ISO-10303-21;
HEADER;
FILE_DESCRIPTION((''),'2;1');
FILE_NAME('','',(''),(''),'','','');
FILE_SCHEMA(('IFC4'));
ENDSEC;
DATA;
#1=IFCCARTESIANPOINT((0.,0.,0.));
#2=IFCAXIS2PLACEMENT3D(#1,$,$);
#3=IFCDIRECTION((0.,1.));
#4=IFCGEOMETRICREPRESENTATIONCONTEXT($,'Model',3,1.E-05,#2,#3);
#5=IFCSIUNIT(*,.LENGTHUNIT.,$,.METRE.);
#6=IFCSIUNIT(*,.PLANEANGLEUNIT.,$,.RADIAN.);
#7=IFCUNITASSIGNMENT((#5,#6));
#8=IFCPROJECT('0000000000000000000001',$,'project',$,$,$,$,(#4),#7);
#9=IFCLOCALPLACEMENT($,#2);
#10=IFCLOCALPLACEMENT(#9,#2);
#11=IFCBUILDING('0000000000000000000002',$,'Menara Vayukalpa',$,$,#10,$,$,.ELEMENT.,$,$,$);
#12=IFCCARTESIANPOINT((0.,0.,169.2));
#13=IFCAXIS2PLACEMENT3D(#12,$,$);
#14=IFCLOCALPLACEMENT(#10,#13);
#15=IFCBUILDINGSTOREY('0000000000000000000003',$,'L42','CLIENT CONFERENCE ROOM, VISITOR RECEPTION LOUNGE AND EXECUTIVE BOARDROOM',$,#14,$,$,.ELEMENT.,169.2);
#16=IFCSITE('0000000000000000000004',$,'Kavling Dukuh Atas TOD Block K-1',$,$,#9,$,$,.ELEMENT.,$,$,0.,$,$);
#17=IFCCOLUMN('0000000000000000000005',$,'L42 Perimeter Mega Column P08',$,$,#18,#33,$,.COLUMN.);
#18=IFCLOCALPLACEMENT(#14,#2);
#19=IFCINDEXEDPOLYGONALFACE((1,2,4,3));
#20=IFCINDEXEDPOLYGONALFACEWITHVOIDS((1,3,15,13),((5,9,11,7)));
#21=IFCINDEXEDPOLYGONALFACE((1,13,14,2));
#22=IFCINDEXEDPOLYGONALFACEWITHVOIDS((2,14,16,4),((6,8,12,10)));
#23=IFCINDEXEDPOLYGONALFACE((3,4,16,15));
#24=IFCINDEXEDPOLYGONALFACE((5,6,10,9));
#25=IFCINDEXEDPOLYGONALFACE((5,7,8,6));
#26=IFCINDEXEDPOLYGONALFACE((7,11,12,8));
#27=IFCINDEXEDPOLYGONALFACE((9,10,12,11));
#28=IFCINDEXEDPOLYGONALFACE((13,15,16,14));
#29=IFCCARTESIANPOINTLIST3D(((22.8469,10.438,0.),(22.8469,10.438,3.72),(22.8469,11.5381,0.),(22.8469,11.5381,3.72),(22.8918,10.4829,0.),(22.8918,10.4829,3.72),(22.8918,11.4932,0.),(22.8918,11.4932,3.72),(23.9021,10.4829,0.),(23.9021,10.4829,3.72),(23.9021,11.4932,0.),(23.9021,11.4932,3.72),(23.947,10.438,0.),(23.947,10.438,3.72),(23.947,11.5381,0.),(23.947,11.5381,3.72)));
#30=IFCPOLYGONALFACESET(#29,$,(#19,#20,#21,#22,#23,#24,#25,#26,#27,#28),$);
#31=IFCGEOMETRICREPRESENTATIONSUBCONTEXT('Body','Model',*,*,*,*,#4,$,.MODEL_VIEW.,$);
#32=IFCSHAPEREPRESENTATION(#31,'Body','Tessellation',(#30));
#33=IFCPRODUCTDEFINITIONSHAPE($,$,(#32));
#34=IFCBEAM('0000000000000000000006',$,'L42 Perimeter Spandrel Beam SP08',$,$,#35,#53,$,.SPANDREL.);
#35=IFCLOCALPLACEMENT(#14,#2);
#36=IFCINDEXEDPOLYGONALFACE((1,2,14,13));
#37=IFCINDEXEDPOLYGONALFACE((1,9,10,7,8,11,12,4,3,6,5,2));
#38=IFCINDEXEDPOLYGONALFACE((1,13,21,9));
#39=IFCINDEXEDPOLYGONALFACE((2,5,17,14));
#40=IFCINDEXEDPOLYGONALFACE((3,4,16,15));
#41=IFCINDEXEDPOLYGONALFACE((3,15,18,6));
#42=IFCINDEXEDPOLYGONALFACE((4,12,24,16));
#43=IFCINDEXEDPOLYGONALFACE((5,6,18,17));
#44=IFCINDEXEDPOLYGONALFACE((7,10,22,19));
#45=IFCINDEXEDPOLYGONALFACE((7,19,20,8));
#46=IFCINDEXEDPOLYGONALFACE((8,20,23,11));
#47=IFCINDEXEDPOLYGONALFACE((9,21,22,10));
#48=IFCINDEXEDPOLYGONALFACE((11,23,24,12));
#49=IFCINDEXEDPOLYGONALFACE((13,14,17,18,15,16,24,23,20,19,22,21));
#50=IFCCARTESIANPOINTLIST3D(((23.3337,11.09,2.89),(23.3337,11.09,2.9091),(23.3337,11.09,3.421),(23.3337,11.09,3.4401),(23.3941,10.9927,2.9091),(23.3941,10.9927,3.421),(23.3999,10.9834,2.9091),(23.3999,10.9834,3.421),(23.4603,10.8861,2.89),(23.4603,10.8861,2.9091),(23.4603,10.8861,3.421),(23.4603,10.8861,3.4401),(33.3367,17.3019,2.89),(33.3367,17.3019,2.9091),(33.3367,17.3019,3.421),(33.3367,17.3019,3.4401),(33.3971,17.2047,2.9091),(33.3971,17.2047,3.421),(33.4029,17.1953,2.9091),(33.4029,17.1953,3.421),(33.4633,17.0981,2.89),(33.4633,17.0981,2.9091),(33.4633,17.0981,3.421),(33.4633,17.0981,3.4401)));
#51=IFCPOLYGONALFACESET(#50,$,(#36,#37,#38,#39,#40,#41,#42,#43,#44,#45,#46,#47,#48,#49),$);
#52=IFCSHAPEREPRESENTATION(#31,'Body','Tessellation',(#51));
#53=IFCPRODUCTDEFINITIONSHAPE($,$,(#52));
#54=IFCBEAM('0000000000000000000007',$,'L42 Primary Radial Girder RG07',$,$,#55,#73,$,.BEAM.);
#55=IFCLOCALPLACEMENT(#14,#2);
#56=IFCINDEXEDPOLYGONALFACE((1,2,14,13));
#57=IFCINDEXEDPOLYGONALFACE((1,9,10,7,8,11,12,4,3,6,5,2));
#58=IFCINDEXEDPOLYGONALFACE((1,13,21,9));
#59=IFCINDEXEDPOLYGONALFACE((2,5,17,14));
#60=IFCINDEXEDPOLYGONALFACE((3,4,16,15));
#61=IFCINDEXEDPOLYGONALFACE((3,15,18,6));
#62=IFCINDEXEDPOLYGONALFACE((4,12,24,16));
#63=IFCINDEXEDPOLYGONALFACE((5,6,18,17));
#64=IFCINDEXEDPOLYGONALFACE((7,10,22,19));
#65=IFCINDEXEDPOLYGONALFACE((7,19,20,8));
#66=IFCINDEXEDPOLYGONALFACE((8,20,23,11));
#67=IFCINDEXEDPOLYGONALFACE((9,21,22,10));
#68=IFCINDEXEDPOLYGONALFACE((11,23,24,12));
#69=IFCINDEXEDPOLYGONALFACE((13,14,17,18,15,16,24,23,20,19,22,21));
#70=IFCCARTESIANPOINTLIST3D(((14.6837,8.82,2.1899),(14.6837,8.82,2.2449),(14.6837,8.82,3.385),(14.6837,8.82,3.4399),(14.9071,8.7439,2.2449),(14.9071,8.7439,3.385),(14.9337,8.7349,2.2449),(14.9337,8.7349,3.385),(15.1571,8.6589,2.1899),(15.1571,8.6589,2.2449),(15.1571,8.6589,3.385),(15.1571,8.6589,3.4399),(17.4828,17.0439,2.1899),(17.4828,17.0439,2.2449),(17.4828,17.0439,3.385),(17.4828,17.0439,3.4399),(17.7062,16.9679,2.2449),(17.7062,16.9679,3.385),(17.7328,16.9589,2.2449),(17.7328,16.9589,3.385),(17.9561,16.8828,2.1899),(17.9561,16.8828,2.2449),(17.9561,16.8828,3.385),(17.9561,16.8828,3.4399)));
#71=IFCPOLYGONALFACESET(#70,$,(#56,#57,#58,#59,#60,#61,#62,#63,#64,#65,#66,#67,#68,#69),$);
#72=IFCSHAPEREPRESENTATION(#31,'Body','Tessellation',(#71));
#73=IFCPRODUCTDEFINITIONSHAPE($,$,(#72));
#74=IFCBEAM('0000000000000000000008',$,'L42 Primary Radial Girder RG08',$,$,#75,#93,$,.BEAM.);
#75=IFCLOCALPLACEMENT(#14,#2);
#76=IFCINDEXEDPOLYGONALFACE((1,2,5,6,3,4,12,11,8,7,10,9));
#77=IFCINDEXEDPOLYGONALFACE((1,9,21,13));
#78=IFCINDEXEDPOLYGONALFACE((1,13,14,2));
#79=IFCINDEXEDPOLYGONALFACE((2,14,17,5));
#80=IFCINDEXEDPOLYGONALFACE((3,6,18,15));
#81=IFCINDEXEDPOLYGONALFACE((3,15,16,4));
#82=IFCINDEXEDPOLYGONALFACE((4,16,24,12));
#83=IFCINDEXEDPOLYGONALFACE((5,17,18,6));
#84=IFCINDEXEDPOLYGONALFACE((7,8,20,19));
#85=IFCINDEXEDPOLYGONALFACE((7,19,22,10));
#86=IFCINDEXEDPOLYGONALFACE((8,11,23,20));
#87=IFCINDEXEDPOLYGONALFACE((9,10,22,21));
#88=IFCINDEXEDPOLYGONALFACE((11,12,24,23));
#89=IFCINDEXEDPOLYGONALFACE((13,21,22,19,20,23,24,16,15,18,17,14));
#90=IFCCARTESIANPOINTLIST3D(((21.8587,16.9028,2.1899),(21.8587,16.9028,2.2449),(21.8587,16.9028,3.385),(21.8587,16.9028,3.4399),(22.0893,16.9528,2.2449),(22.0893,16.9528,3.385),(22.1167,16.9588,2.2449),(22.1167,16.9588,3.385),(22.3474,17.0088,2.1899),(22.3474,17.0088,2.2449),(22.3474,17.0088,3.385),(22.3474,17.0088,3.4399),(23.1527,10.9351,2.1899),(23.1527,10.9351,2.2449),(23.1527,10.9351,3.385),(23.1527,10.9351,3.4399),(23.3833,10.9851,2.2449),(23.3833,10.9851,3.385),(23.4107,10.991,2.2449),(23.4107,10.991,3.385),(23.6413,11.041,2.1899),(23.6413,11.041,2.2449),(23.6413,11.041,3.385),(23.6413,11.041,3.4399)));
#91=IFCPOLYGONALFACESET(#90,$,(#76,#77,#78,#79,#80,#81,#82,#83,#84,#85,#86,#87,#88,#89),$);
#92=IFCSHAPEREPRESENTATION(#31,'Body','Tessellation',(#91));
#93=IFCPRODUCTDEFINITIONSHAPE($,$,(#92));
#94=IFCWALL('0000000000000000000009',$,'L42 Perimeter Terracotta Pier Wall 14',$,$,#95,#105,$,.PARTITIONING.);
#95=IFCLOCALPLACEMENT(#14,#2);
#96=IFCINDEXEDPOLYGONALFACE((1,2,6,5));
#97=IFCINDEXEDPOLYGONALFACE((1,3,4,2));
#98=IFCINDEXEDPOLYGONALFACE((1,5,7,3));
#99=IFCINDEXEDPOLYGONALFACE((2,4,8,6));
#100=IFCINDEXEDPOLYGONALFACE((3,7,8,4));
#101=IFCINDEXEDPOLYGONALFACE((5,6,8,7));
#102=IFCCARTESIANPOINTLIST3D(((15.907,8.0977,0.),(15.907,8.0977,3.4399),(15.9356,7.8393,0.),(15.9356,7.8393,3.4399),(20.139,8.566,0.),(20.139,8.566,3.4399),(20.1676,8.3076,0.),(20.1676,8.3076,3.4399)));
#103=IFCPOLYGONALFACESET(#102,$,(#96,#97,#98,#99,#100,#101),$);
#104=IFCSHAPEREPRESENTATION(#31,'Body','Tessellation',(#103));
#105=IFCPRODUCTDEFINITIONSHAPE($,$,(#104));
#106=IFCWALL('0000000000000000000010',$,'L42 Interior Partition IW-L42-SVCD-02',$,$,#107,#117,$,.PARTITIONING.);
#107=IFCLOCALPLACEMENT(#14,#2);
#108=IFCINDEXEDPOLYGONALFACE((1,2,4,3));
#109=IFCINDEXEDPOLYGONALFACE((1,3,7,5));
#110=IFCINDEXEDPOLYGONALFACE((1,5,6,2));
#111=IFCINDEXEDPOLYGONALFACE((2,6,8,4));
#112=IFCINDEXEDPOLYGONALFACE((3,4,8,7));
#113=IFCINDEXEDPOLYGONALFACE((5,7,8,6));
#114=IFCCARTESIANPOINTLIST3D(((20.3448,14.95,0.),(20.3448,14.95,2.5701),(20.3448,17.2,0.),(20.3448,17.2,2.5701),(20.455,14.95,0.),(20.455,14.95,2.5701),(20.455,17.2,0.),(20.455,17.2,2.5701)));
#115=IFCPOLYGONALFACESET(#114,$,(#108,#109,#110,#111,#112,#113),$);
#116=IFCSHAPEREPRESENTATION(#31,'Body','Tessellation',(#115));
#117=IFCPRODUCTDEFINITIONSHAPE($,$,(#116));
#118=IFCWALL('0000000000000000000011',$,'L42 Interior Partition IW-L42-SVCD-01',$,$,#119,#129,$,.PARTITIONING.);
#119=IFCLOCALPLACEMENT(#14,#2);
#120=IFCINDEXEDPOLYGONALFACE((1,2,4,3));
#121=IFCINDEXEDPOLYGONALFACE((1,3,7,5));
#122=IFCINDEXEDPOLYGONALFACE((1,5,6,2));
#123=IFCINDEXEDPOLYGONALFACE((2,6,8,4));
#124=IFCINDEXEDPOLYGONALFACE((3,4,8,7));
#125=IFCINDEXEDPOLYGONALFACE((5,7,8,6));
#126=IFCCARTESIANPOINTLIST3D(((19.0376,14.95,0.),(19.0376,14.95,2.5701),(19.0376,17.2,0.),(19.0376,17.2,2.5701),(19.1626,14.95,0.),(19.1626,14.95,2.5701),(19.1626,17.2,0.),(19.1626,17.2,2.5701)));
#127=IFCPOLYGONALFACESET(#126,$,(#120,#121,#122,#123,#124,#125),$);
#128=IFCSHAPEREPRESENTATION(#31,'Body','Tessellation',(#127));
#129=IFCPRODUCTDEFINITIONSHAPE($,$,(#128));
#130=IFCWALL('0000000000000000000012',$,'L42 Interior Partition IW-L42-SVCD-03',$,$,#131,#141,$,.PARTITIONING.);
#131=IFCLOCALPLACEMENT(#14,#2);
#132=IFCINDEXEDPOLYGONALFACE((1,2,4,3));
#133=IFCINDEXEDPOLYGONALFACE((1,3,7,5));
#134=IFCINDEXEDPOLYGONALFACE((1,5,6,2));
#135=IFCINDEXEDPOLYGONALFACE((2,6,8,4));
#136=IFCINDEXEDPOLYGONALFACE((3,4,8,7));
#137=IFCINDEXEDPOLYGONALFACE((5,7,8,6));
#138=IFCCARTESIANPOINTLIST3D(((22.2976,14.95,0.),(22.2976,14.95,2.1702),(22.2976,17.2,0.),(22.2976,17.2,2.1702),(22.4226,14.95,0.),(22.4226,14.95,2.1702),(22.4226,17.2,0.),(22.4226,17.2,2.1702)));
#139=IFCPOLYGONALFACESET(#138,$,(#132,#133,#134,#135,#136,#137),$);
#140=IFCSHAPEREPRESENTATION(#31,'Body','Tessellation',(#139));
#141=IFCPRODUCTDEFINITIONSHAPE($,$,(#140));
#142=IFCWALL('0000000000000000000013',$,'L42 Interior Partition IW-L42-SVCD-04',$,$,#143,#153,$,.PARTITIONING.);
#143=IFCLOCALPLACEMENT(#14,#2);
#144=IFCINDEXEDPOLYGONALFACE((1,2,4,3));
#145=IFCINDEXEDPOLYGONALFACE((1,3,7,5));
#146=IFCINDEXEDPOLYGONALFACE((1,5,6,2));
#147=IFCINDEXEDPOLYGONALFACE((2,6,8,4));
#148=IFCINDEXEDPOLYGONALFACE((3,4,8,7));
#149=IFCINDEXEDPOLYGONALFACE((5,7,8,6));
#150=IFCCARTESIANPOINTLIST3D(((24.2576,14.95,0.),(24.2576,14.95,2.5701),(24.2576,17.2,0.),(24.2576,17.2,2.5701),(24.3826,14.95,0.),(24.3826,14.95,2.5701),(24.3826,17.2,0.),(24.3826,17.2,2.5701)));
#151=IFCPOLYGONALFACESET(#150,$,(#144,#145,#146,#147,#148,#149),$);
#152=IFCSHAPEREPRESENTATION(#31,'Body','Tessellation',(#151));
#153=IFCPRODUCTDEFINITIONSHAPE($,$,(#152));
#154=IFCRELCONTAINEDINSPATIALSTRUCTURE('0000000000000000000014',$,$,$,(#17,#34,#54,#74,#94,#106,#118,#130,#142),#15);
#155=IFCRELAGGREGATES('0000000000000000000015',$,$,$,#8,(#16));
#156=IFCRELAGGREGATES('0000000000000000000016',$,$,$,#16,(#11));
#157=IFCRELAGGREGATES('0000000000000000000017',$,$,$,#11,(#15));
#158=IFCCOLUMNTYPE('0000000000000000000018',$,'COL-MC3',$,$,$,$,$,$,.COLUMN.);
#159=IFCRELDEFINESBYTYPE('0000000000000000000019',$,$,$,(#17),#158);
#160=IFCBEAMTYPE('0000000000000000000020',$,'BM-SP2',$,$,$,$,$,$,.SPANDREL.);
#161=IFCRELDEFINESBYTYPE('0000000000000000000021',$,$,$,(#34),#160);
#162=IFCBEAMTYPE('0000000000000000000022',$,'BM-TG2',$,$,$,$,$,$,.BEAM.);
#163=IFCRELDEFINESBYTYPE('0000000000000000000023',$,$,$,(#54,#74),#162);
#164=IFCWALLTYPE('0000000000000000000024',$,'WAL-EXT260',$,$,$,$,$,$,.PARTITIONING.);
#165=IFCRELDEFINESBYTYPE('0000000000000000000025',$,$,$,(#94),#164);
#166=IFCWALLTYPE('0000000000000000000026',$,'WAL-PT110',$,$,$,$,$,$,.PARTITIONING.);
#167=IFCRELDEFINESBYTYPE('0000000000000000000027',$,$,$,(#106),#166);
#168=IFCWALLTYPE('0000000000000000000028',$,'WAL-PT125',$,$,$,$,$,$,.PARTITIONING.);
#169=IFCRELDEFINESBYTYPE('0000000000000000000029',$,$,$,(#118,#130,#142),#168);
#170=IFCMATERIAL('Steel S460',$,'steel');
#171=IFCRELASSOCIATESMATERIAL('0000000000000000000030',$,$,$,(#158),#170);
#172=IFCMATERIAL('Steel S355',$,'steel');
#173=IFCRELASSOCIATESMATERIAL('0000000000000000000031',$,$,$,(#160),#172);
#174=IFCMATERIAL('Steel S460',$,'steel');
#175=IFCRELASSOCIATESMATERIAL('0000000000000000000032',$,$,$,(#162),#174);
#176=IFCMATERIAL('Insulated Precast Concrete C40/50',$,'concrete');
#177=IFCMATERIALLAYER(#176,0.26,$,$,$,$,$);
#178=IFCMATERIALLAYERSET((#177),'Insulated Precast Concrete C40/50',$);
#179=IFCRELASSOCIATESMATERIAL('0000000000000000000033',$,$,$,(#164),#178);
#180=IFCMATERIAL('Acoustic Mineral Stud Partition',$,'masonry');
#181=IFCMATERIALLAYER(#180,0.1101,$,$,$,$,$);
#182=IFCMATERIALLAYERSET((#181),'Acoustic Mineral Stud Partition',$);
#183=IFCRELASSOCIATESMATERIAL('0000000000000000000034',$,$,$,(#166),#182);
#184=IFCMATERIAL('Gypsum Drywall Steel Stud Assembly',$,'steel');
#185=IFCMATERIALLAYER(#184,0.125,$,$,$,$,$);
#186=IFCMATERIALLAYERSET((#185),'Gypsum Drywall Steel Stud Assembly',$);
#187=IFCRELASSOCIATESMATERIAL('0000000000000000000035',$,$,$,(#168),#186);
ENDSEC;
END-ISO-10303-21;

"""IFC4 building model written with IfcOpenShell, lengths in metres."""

from ifc_helpers import new_model, si_unit, direction, frame, frame_2d, origin, origin_2d, place, context, subcontext, project, spatial, rectangle, hollow_rectangle, i_section, extrude, material, layer, layer_set, material_profile, profile_set, type_object, element, save


model = new_model("IFC4")

# Units and contexts
model_context = context("Model", 3, precision=1e-05, world=origin(), true_north=direction((0.0, 1.0)))
body_context = subcontext(model_context, "Body", "Model", "MODEL_VIEW")
ifc_project = project(units=[si_unit("LENGTHUNIT", "METRE"), si_unit("PLANEANGLEUNIT", "RADIAN")], contexts=[model_context])

# Site, building, storey
site_placement = place(None, origin())
site = spatial("IfcSite", under=ifc_project, at=site_placement, Name="Kavling Dukuh Atas TOD Block K-1", CompositionType="ELEMENT", RefElevation=0.0)
building_placement = place(site_placement, origin())
building = spatial("IfcBuilding", under=site, at=building_placement, Name="Menara Vayukalpa", CompositionType="ELEMENT")
storey_placement = place(building_placement, frame((0.0, 0.0, 169.2)))
storey = spatial("IfcBuildingStorey", under=building, at=storey_placement, Name="L42", Description="CLIENT CONFERENCE ROOM, VISITOR RECEPTION LOUNGE AND EXECUTIVE BOARDROOM", CompositionType="ELEMENT", Elevation=169.2)

# Column
ifc_material_1 = material(Name="Steel S460", Category="steel")
ifc_material_profile_1 = material_profile(ifc_material_1, hollow_rectangle(XDim=1.1001, YDim=1.1001, WallThickness=0.0449, at=origin_2d()), Name="BOX 1100x1100x45")
ifc_profile_set_1 = profile_set([ifc_material_profile_1], Name="Steel S460")
column_type = type_object("IfcColumnType", Name="COL-MC3", PredefinedType="COLUMN", material=ifc_profile_set_1)
column_placement = place(storey_placement, frame((23.397, 10.988, 0.0), z_axis=(0.0, 0.0, 1.0), x_axis=(1.0, 0.0, 0.0)))
element("IfcColumn", 1, at=column_placement, inside=storey, type_object=column_type, Name="L42 Perimeter Mega Column P08", PredefinedType="COLUMN", context=body_context, shape_type="SweptSolid", body=[
    extrude(hollow_rectangle(XDim=1.1001, YDim=1.1001, WallThickness=0.0449, at=origin_2d()), origin(), (0.0, 0.0, 1.0), 3.72),
])

# Beams
ifc_material_2 = material(Name="Steel S355", Category="steel")
ifc_material_profile_2 = material_profile(ifc_material_2, i_section(OverallWidth=0.24, OverallDepth=0.55, WebThickness=0.011, FlangeThickness=0.019, at=origin_2d()), Name="WF 550x240x11x19")
ifc_profile_set_2 = profile_set([ifc_material_profile_2], Name="Steel S355")
beam_type_1 = type_object("IfcBeamType", Name="BM-SP2", PredefinedType="SPANDREL", material=ifc_profile_set_2)
beam_1_placement = place(storey_placement, frame((23.397, 10.988, 3.165), z_axis=(0.849518, 0.527559, 0.0), x_axis=(-0.527559, 0.849518, 0.0)))
element("IfcBeam", 2, at=beam_1_placement, inside=storey, type_object=beam_type_1, Name="L42 Perimeter Spandrel Beam SP08", PredefinedType="SPANDREL", context=body_context, shape_type="SweptSolid", body=[
    extrude(i_section(OverallWidth=0.24, OverallDepth=0.55, WebThickness=0.011, FlangeThickness=0.019, at=origin_2d()), origin(), (0.0, 0.0, 1.0), 11.7749),
])
ifc_material_3 = material(Name="Steel S460", Category="steel")
ifc_material_profile_3 = material_profile(ifc_material_3, i_section(OverallWidth=0.5, OverallDepth=1.25, WebThickness=0.0281, FlangeThickness=0.0549, at=origin_2d()), Name="WG 1250x500x28x55")
ifc_profile_set_3 = profile_set([ifc_material_profile_3], Name="Steel S460")
beam_type_2 = type_object("IfcBeamType", Name="BM-TG2", PredefinedType="BEAM", material=ifc_profile_set_3)
beam_2_placement = place(storey_placement, frame((17.7195, 16.9634, 2.8149), z_axis=(-0.322208, -0.946669, 0.0), x_axis=(0.946669, -0.322208, 0.0)))
element("IfcBeam", 3, at=beam_2_placement, inside=storey, type_object=beam_type_2, Name="L42 Primary Radial Girder RG07", PredefinedType="BEAM", context=body_context, shape_type="SweptSolid", body=[
    extrude(i_section(OverallWidth=0.5, OverallDepth=1.25, WebThickness=0.0281, FlangeThickness=0.0549, at=origin_2d()), origin(), (0.0, 0.0, 1.0), 8.6873),
])
beam_3_placement = place(storey_placement, frame((22.103, 16.9558, 2.8149), z_axis=(0.211898, -0.977292, 0.0), x_axis=(0.977292, 0.211898, 0.0)))
element("IfcBeam", 4, at=beam_3_placement, inside=storey, type_object=beam_type_2, Name="L42 Primary Radial Girder RG08", PredefinedType="BEAM", context=body_context, shape_type="SweptSolid", body=[
    extrude(i_section(OverallWidth=0.5, OverallDepth=1.25, WebThickness=0.0281, FlangeThickness=0.0549, at=origin_2d()), origin(), (0.0, 0.0, 1.0), 6.1064),
])

# Walls
ifc_material_4 = material(Name="Insulated Precast Concrete C40/50", Category="concrete")
ifc_layer_1 = layer(ifc_material_4, 0.26)
ifc_layer_set_1 = layer_set([ifc_layer_1], Name="Insulated Precast Concrete C40/50")
wall_type_1 = type_object("IfcWallType", Name="WAL-EXT260", PredefinedType="PARTITIONING", material=ifc_layer_set_1)
wall_1_placement = place(storey_placement, frame((20.1533, 8.4368, 0.0), z_axis=(0.0, 0.0, 1.0), x_axis=(-0.993934, -0.109978, 0.0)))
element("IfcWall", 5, at=wall_1_placement, inside=storey, type_object=wall_type_1, Name="L42 Perimeter Terracotta Pier Wall 14", PredefinedType="PARTITIONING", context=body_context, shape_type="SweptSolid", body=[
    extrude(rectangle(XDim=4.2578, YDim=0.26, at=frame_2d((2.1289, 0.0))), origin(), (0.0, 0.0, 1.0), 3.4399),
])
ifc_material_5 = material(Name="Acoustic Mineral Stud Partition", Category="masonry")
ifc_layer_2 = layer(ifc_material_5, 0.1101)
ifc_layer_set_2 = layer_set([ifc_layer_2], Name="Acoustic Mineral Stud Partition")
wall_type_2 = type_object("IfcWallType", Name="WAL-PT110", PredefinedType="PARTITIONING", material=ifc_layer_set_2)
wall_2_placement = place(storey_placement, frame((20.3999, 14.95, 0.0), z_axis=(0.0, 0.0, 1.0), x_axis=(0.0, 1.0, 0.0)))
element("IfcWall", 6, at=wall_2_placement, inside=storey, type_object=wall_type_2, Name="L42 Interior Partition IW-L42-SVCD-02", PredefinedType="PARTITIONING", context=body_context, shape_type="SweptSolid", body=[
    extrude(rectangle(XDim=2.25, YDim=0.1101, at=frame_2d((1.125, 0.0))), origin(), (0.0, 0.0, 1.0), 2.5701),
])
ifc_material_6 = material(Name="Gypsum Drywall Steel Stud Assembly", Category="steel")
ifc_layer_3 = layer(ifc_material_6, 0.125)
ifc_layer_set_3 = layer_set([ifc_layer_3], Name="Gypsum Drywall Steel Stud Assembly")
wall_type_3 = type_object("IfcWallType", Name="WAL-PT125", PredefinedType="PARTITIONING", material=ifc_layer_set_3)
wall_3_placement = place(storey_placement, frame((19.1001, 14.95, 0.0), z_axis=(0.0, 0.0, 1.0), x_axis=(0.0, 1.0, 0.0)))
element("IfcWall", 7, at=wall_3_placement, inside=storey, type_object=wall_type_3, Name="L42 Interior Partition IW-L42-SVCD-01", PredefinedType="PARTITIONING", context=body_context, shape_type="SweptSolid", body=[
    extrude(rectangle(XDim=2.25, YDim=0.125, at=frame_2d((1.125, 0.0))), origin(), (0.0, 0.0, 1.0), 2.5701),
])
wall_4_placement = place(storey_placement, frame((22.3601, 14.95, 0.0), z_axis=(0.0, 0.0, 1.0), x_axis=(0.0, 1.0, 0.0)))
element("IfcWall", 8, at=wall_4_placement, inside=storey, type_object=wall_type_3, Name="L42 Interior Partition IW-L42-SVCD-03", PredefinedType="PARTITIONING", context=body_context, shape_type="SweptSolid", body=[
    extrude(rectangle(XDim=2.25, YDim=0.125, at=frame_2d((1.125, 0.0))), origin(), (0.0, 0.0, 1.0), 2.1702),
])
wall_5_placement = place(storey_placement, frame((24.3201, 14.95, 0.0), z_axis=(0.0, 0.0, 1.0), x_axis=(0.0, 1.0, 0.0)))
element("IfcWall", 9, at=wall_5_placement, inside=storey, type_object=wall_type_3, Name="L42 Interior Partition IW-L42-SVCD-04", PredefinedType="PARTITIONING", context=body_context, shape_type="SweptSolid", body=[
    extrude(rectangle(XDim=2.25, YDim=0.125, at=frame_2d((1.125, 0.0))), origin(), (0.0, 0.0, 1.0), 2.5701),
])

save(model, "model.ifc")
